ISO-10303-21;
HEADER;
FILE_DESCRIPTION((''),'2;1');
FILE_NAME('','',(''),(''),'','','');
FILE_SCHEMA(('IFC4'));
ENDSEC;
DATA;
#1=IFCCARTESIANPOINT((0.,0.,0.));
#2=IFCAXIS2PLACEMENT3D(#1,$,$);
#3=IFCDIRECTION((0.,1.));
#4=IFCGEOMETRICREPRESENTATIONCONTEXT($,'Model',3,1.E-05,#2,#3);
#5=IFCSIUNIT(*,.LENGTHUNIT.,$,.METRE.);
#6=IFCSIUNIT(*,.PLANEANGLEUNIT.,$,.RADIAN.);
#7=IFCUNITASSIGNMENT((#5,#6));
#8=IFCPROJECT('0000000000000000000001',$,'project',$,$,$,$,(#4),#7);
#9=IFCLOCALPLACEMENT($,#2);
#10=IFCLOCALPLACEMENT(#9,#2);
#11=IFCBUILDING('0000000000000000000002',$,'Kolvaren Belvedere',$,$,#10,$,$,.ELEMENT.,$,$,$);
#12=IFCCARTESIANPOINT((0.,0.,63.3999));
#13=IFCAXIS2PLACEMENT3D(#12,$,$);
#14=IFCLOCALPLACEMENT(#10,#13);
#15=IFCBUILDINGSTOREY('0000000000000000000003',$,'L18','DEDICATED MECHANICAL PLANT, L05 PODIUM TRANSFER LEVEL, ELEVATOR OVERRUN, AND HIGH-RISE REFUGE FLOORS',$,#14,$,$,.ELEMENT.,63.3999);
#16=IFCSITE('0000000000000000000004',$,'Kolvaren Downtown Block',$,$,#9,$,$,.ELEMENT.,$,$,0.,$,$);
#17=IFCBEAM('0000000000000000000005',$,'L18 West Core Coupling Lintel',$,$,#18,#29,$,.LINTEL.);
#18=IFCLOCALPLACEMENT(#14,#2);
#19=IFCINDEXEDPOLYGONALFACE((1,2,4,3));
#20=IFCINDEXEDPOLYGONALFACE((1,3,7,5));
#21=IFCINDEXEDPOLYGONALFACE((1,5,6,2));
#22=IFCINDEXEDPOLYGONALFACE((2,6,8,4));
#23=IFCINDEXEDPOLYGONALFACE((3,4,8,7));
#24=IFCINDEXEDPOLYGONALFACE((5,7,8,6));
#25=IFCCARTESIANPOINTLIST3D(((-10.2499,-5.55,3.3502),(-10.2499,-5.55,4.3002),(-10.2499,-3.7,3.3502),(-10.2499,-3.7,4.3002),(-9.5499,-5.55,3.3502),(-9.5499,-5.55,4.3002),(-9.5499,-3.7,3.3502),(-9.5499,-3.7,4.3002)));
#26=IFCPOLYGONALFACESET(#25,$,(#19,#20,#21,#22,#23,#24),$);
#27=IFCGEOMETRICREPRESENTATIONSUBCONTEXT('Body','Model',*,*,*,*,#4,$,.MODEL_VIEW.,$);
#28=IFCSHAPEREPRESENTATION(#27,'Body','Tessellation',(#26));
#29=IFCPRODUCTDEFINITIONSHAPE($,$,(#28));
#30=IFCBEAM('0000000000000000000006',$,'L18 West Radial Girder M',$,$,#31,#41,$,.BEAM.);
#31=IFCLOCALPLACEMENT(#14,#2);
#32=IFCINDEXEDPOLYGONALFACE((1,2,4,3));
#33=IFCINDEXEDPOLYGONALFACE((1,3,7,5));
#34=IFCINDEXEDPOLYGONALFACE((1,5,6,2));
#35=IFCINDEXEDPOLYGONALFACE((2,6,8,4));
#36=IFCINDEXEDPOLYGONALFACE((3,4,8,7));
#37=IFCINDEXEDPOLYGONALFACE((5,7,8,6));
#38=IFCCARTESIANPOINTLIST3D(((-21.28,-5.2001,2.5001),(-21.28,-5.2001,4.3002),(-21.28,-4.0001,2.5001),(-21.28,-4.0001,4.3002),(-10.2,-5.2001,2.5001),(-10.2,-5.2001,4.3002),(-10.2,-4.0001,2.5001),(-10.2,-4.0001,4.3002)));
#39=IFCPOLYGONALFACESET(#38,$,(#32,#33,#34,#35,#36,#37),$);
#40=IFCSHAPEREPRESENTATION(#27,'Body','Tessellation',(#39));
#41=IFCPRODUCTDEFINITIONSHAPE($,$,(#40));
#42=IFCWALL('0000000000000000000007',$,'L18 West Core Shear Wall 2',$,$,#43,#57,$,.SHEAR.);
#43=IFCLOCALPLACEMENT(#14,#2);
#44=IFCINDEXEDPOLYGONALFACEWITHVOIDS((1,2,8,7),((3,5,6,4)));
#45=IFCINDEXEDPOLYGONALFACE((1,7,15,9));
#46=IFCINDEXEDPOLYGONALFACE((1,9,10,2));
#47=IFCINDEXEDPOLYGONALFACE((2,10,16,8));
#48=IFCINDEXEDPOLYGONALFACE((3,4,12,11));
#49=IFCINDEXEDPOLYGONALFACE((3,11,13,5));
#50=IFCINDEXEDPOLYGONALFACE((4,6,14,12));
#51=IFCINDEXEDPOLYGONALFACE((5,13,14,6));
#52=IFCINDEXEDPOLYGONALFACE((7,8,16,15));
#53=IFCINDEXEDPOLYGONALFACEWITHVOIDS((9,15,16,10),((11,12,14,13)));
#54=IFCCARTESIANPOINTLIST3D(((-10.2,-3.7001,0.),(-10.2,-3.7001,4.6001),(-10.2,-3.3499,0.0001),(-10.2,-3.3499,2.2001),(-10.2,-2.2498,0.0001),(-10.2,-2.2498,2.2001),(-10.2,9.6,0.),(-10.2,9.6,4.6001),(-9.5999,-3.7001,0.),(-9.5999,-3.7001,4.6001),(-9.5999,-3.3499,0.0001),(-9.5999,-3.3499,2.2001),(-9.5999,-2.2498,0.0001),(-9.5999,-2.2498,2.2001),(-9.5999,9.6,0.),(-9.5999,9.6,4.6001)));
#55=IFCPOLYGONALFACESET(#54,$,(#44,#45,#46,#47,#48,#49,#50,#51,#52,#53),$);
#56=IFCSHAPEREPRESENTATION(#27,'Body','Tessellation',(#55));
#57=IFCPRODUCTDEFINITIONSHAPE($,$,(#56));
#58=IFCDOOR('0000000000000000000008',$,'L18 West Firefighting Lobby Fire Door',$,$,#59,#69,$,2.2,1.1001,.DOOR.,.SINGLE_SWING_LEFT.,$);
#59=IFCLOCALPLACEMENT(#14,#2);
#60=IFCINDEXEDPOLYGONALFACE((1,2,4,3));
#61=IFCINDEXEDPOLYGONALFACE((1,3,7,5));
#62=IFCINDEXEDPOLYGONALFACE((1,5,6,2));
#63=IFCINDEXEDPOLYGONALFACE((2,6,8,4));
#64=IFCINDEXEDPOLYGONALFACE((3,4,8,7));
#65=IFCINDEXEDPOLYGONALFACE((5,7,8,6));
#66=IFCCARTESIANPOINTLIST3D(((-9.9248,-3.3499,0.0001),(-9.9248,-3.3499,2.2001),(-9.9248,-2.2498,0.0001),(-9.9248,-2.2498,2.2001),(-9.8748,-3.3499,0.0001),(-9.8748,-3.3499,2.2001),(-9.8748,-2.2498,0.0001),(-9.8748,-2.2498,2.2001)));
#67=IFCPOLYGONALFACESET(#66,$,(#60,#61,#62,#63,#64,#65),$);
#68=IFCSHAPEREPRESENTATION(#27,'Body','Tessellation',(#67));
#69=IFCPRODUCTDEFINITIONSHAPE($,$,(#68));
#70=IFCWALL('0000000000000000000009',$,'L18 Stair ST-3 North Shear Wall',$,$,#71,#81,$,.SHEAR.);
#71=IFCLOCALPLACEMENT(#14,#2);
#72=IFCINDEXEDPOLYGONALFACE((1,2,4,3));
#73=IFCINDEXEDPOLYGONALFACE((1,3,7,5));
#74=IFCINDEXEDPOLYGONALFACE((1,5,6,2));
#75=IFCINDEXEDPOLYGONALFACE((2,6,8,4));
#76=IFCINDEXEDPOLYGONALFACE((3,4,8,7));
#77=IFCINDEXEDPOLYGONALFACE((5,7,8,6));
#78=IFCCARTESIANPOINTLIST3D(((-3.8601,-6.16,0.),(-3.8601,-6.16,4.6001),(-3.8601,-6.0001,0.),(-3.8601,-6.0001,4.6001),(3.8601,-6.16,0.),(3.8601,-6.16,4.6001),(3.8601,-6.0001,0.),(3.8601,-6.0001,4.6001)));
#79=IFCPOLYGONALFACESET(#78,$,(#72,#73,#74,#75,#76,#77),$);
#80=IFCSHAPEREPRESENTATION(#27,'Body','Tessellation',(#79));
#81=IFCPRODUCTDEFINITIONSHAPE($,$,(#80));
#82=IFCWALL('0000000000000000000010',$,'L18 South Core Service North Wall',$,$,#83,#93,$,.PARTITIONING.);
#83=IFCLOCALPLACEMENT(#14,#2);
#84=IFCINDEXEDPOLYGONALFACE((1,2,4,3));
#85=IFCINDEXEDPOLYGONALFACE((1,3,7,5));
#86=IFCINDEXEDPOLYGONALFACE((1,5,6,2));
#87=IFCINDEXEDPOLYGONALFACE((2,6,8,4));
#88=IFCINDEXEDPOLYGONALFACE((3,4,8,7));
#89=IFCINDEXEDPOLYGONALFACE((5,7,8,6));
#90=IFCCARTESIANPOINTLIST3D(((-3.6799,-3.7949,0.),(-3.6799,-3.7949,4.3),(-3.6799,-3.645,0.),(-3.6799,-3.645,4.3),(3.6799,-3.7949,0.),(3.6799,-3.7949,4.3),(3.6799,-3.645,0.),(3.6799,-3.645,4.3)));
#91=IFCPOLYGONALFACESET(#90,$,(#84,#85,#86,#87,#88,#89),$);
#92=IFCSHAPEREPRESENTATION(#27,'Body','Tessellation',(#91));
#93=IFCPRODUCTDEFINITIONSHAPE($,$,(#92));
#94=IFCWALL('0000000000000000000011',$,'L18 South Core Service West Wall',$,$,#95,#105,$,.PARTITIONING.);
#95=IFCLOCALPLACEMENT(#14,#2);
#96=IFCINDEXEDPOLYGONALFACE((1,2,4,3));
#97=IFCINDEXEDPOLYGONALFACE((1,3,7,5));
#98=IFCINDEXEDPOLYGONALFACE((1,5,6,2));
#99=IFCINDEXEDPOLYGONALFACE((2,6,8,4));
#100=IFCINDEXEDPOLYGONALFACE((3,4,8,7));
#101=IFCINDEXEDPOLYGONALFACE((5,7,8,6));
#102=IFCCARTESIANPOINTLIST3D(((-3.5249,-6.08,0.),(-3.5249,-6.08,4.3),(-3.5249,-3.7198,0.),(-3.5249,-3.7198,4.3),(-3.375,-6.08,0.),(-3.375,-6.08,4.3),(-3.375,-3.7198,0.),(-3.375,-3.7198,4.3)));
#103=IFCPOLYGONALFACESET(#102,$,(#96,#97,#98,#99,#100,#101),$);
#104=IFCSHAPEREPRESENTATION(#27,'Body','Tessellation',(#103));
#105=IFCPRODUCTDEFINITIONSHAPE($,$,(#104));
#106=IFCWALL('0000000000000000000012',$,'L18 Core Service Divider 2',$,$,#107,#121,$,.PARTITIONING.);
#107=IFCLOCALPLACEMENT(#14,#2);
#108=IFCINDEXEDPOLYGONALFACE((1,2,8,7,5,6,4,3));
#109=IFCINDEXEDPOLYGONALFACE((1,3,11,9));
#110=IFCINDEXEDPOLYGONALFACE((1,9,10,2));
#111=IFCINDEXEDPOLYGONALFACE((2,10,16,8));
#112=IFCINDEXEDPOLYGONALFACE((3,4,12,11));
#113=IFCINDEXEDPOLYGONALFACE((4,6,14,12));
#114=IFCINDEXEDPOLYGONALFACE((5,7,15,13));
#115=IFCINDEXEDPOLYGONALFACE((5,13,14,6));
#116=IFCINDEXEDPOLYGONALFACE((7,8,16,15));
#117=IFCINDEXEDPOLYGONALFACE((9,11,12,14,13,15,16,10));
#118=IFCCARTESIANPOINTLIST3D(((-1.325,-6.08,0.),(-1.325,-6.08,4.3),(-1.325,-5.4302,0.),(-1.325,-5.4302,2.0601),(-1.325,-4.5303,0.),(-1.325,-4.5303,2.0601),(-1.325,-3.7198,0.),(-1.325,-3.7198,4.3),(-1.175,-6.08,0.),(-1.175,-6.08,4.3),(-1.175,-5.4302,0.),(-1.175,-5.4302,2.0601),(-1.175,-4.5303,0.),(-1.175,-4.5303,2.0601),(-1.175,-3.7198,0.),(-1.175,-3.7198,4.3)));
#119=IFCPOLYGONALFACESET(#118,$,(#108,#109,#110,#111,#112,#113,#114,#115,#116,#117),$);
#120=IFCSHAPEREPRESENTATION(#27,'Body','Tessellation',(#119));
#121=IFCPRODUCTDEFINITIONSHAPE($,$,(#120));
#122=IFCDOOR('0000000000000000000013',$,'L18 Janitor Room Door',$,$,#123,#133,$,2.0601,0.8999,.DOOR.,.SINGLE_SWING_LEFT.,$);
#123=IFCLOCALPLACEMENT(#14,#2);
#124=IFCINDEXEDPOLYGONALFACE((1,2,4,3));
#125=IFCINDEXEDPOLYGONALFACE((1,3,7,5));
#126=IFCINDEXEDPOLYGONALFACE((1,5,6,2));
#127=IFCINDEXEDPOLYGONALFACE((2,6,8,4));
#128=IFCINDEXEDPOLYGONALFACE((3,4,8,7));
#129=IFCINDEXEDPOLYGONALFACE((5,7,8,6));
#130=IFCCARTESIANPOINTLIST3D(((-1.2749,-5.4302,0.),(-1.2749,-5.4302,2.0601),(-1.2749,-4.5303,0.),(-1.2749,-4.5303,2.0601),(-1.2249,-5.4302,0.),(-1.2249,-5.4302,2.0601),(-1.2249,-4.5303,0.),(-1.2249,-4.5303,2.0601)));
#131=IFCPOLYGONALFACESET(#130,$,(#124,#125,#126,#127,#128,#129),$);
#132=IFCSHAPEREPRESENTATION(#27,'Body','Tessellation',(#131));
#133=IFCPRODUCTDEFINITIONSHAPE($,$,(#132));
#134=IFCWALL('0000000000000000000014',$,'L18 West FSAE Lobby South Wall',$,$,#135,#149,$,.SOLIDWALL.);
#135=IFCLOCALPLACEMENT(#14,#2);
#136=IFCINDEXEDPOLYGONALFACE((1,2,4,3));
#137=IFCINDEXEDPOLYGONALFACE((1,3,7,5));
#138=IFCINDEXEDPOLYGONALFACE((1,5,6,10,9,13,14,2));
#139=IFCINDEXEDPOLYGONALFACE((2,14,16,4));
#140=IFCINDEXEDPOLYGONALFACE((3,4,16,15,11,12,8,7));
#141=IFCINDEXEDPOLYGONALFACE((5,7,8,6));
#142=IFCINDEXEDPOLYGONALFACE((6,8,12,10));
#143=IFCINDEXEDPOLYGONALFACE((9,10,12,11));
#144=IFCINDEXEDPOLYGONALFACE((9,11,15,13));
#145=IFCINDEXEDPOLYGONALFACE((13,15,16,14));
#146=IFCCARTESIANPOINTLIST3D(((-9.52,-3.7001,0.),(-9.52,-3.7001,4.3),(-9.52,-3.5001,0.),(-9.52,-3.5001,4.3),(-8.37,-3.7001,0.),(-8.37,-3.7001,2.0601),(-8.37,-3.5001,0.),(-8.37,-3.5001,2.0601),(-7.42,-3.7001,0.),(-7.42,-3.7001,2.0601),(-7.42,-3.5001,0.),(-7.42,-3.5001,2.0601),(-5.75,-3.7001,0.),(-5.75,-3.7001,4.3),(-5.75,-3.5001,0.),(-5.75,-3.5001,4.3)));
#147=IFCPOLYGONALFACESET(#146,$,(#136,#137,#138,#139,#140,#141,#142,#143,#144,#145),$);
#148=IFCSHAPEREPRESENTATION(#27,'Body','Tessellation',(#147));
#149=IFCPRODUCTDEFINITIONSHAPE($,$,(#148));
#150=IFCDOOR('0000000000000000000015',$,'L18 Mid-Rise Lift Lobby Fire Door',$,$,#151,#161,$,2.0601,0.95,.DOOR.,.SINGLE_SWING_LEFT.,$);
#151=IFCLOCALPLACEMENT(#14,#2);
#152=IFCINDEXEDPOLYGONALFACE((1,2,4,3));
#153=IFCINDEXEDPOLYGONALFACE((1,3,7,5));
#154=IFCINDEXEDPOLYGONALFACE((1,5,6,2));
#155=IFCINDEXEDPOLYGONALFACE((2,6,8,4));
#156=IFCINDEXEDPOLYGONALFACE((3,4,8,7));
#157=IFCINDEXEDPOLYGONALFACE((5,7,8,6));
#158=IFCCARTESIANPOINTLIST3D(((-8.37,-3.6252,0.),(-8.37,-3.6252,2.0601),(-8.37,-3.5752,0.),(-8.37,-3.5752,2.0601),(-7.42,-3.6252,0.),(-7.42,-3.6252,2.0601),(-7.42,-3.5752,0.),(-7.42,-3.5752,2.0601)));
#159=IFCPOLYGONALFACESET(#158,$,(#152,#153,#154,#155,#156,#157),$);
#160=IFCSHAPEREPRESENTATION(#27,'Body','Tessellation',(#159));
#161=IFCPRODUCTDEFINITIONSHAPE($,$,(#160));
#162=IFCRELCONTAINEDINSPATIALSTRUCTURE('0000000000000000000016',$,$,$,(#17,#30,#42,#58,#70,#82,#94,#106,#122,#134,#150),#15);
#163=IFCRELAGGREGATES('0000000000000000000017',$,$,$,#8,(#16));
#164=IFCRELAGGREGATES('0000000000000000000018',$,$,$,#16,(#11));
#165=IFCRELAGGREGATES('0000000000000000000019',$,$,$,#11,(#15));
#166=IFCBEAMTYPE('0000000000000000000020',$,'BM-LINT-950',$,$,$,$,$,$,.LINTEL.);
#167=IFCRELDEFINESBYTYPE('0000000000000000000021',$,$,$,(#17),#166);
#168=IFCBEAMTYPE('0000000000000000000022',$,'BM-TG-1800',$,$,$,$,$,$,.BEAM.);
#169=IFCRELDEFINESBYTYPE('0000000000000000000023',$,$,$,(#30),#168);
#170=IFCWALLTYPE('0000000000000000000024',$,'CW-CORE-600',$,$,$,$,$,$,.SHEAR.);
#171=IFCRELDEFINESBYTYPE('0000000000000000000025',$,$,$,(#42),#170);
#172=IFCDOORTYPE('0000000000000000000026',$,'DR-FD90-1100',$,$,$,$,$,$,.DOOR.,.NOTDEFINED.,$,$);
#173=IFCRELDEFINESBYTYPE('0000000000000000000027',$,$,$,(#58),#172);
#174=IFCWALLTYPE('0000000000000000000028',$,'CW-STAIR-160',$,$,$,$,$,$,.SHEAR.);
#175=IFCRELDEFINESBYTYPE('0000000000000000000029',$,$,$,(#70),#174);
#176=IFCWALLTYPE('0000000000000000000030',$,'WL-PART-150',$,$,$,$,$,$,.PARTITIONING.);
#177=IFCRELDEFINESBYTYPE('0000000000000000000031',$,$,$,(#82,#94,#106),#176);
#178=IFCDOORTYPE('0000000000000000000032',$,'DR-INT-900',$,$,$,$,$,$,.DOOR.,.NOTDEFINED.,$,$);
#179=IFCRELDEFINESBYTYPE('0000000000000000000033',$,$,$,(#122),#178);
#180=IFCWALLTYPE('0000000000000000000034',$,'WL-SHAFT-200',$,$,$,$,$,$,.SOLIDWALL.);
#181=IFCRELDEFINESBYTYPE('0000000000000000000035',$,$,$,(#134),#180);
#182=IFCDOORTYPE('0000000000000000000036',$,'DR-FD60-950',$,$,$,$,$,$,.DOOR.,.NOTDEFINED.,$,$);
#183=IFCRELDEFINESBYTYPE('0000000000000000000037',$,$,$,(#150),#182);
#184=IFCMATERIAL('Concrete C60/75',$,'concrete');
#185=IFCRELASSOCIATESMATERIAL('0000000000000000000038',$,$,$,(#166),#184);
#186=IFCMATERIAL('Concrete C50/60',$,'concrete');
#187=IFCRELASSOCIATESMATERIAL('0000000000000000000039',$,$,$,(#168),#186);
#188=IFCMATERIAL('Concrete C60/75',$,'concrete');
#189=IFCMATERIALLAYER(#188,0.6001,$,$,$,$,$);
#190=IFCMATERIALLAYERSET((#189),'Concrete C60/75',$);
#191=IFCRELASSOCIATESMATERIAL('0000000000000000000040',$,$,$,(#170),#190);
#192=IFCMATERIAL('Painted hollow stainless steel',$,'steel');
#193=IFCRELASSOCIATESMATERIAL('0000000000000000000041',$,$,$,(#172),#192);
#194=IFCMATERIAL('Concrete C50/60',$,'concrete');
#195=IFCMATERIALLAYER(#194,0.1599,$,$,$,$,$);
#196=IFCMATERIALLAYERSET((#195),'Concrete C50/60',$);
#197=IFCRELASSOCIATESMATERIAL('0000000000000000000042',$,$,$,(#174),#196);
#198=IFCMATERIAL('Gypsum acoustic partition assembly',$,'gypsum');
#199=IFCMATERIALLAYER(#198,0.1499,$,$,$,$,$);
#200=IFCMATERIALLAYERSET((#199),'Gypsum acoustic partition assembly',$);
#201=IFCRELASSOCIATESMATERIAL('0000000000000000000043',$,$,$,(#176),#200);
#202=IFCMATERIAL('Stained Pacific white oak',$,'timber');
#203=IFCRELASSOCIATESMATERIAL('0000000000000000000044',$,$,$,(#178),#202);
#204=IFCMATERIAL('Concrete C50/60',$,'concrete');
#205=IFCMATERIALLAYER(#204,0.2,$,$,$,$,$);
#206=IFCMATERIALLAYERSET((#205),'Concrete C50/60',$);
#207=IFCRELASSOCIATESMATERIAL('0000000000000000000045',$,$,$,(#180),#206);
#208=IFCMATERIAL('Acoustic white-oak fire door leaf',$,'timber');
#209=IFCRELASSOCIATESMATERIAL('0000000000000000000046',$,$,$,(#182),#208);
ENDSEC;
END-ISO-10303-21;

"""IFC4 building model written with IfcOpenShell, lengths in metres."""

from ifc_helpers import new_model, si_unit, direction, frame, frame_2d, origin, origin_2d, place, context, subcontext, project, spatial, rectangle, extrude, material, layer, layer_set, material_profile, profile_set, type_object, element, fill, save


model = new_model("IFC4")

# Units and contexts
model_context = context("Model", 3, precision=1e-05, world=origin(), true_north=direction((0.0, 1.0)))
body_context = subcontext(model_context, "Body", "Model", "MODEL_VIEW")
ifc_project = project(units=[si_unit("LENGTHUNIT", "METRE"), si_unit("PLANEANGLEUNIT", "RADIAN")], contexts=[model_context])

# Site, building, storey
site_placement = place(None, origin())
site = spatial("IfcSite", under=ifc_project, at=site_placement, Name="Kolvaren Downtown Block", CompositionType="ELEMENT", RefElevation=0.0)
building_placement = place(site_placement, origin())
building = spatial("IfcBuilding", under=site, at=building_placement, Name="Kolvaren Belvedere", CompositionType="ELEMENT")
storey_placement = place(building_placement, frame((0.0, 0.0, 63.3999)))
storey = spatial("IfcBuildingStorey", under=building, at=storey_placement, Name="L18", Description="DEDICATED MECHANICAL PLANT, L05 PODIUM TRANSFER LEVEL, ELEVATOR OVERRUN, AND HIGH-RISE REFUGE FLOORS", CompositionType="ELEMENT", Elevation=63.3999)

# Beams
ifc_material_1 = material(Name="Concrete C60/75", Category="concrete")
ifc_material_profile_1 = material_profile(ifc_material_1, rectangle(XDim=0.7, YDim=0.95, at=origin_2d()), Name="RC 700X950")
ifc_profile_set_1 = profile_set([ifc_material_profile_1], Name="Concrete C60/75")
beam_type_1 = type_object("IfcBeamType", Name="BM-LINT-950", PredefinedType="LINTEL", material=ifc_profile_set_1)
beam_1_placement = place(storey_placement, frame((-9.8999, -5.55, 3.8252), z_axis=(0.0, 1.0, 0.0), x_axis=(-1.0, 0.0, 0.0)))
element("IfcBeam", 1, at=beam_1_placement, inside=storey, type_object=beam_type_1, Name="L18 West Core Coupling Lintel", PredefinedType="LINTEL", context=body_context, shape_type="SweptSolid", body=[
    extrude(rectangle(XDim=0.7, YDim=0.95, at=origin_2d()), origin(), (0.0, 0.0, 1.0), 1.8501),
])
ifc_material_2 = material(Name="Concrete C50/60", Category="concrete")
ifc_material_profile_2 = material_profile(ifc_material_2, rectangle(XDim=1.2, YDim=1.8, at=origin_2d()), Name="RC 1200X1800")
ifc_profile_set_2 = profile_set([ifc_material_profile_2], Name="Concrete C50/60")
beam_type_2 = type_object("IfcBeamType", Name="BM-TG-1800", PredefinedType="BEAM", material=ifc_profile_set_2)
beam_2_placement = place(storey_placement, frame((-10.2, -4.6001, 3.4001), z_axis=(-1.0, 0.0, 0.0), x_axis=(0.0, -1.0, 0.0)))
element("IfcBeam", 2, at=beam_2_placement, inside=storey, type_object=beam_type_2, Name="L18 West Radial Girder M", PredefinedType="BEAM", context=body_context, shape_type="SweptSolid", body=[
    extrude(rectangle(XDim=1.2, YDim=1.8, at=origin_2d()), origin(), (0.0, 0.0, 1.0), 11.0801),
])

# Wall, opening, door
ifc_material_3 = material(Name="Concrete C60/75", Category="concrete")
ifc_layer_1 = layer(ifc_material_3, 0.6001)
ifc_layer_set_1 = layer_set([ifc_layer_1], Name="Concrete C60/75")
wall_type_1 = type_object("IfcWallType", Name="CW-CORE-600", PredefinedType="SHEAR", material=ifc_layer_set_1)
wall_1_placement = place(storey_placement, frame((-9.8999, -3.7, 0.0), z_axis=(0.0, 0.0, 1.0), x_axis=(0.0, 1.0, 0.0)))
wall_1 = element("IfcWall", 3, at=wall_1_placement, inside=storey, type_object=wall_type_1, Name="L18 West Core Shear Wall 2", PredefinedType="SHEAR", context=body_context, shape_type="SweptSolid", body=[
    extrude(rectangle(XDim=13.3, YDim=0.6001, at=frame_2d((6.6499, 0.0))), origin(), (0.0, 0.0, 1.0), 4.6001),
])
opening_1_placement = place(wall_1_placement, frame((0.3501, 0.0, 0.0)))
opening_1 = element("IfcOpeningElement", 4, at=opening_1_placement, cuts=wall_1, PredefinedType="OPENING", context=body_context, shape_type="SweptSolid", body=[
    extrude(rectangle(XDim=1.1001, YDim=2.2, at=frame_2d((0.55, 1.1001))), frame((0.0, 0.3101, 0.0), z_axis=(0.0, -1.0, 0.0), x_axis=(1.0, 0.0, 0.0)), (0.0, 0.0, 1.0), 0.6201),
])
ifc_material_4 = material(Name="Painted hollow stainless steel", Category="steel")
door_type_1 = type_object("IfcDoorType", Name="DR-FD90-1100", OperationType="NOTDEFINED", PredefinedType="DOOR", material=ifc_material_4)
door_1_placement = place(opening_1_placement, origin())
door_1 = element("IfcDoor", 5, at=door_1_placement, inside=storey, type_object=door_type_1, Name="L18 West Firefighting Lobby Fire Door", OperationType="SINGLE_SWING_LEFT", OverallHeight=2.2, OverallWidth=1.1001, PredefinedType="DOOR", context=body_context, shape_type="SweptSolid", body=[
    extrude(rectangle(XDim=1.1001, YDim=2.2, at=frame_2d((0.55, 1.1001))), frame((0.0, 0.0249, 0.0), z_axis=(0.0, -1.0, 0.0), x_axis=(1.0, 0.0, 0.0)), (0.0, 0.0, 1.0), 0.05),
])
fill(opening_1, door_1)

# Walls
ifc_material_5 = material(Name="Concrete C50/60", Category="concrete")
ifc_layer_2 = layer(ifc_material_5, 0.1599)
ifc_layer_set_2 = layer_set([ifc_layer_2], Name="Concrete C50/60")
wall_type_2 = type_object("IfcWallType", Name="CW-STAIR-160", PredefinedType="SHEAR", material=ifc_layer_set_2)
wall_2_placement = place(storey_placement, frame((-3.8601, -6.0801, 0.0), z_axis=(0.0, 0.0, 1.0), x_axis=(1.0, 0.0, 0.0)))
element("IfcWall", 6, at=wall_2_placement, inside=storey, type_object=wall_type_2, Name="L18 Stair ST-3 North Shear Wall", PredefinedType="SHEAR", context=body_context, shape_type="SweptSolid", body=[
    extrude(rectangle(XDim=7.7202, YDim=0.1599, at=frame_2d((3.8601, 0.0))), origin(), (0.0, 0.0, 1.0), 4.6001),
])
ifc_material_6 = material(Name="Gypsum acoustic partition assembly", Category="gypsum")
ifc_layer_3 = layer(ifc_material_6, 0.1499)
ifc_layer_set_3 = layer_set([ifc_layer_3], Name="Gypsum acoustic partition assembly")
wall_type_3 = type_object("IfcWallType", Name="WL-PART-150", PredefinedType="PARTITIONING", material=ifc_layer_set_3)
wall_3_placement = place(storey_placement, frame((-3.6799, -3.72, 0.0), z_axis=(0.0, 0.0, 1.0), x_axis=(1.0, 0.0, 0.0)))
element("IfcWall", 7, at=wall_3_placement, inside=storey, type_object=wall_type_3, Name="L18 South Core Service North Wall", PredefinedType="PARTITIONING", context=body_context, shape_type="SweptSolid", body=[
    extrude(rectangle(XDim=7.3599, YDim=0.1499, at=frame_2d((3.6799, 0.0))), origin(), (0.0, 0.0, 1.0), 4.3),
])
wall_4_placement = place(storey_placement, frame((-3.45, -6.0801, 0.0), z_axis=(0.0, 0.0, 1.0), x_axis=(0.0, 1.0, 0.0)))
element("IfcWall", 8, at=wall_4_placement, inside=storey, type_object=wall_type_3, Name="L18 South Core Service West Wall", PredefinedType="PARTITIONING", context=body_context, shape_type="SweptSolid", body=[
    extrude(rectangle(XDim=2.3601, YDim=0.1499, at=frame_2d((1.1802, 0.0))), origin(), (0.0, 0.0, 1.0), 4.3),
])

# Walls, openings, doors
wall_5_placement = place(storey_placement, frame((-1.25, -6.0801, 0.0), z_axis=(0.0, 0.0, 1.0), x_axis=(0.0, 1.0, 0.0)))
wall_5 = element("IfcWall", 9, at=wall_5_placement, inside=storey, type_object=wall_type_3, Name="L18 Core Service Divider 2", PredefinedType="PARTITIONING", context=body_context, shape_type="SweptSolid", body=[
    extrude(rectangle(XDim=2.3601, YDim=0.1499, at=frame_2d((1.1802, 0.0))), origin(), (0.0, 0.0, 1.0), 4.3),
])
opening_2_placement = place(wall_5_placement, frame((0.6499, 0.0, 0.0)))
opening_2 = element("IfcOpeningElement", 10, at=opening_2_placement, cuts=wall_5, PredefinedType="OPENING", context=body_context, shape_type="SweptSolid", body=[
    extrude(rectangle(XDim=0.8999, YDim=2.0601, at=frame_2d((0.45, 1.03))), frame((0.0, 0.085, 0.0), z_axis=(0.0, -1.0, 0.0), x_axis=(1.0, 0.0, 0.0)), (0.0, 0.0, 1.0), 0.1699),
])
ifc_material_7 = material(Name="Stained Pacific white oak", Category="timber")
door_type_2 = type_object("IfcDoorType", Name="DR-INT-900", OperationType="NOTDEFINED", PredefinedType="DOOR", material=ifc_material_7)
door_2_placement = place(opening_2_placement, origin())
door_2 = element("IfcDoor", 11, at=door_2_placement, inside=storey, type_object=door_type_2, Name="L18 Janitor Room Door", OperationType="SINGLE_SWING_LEFT", OverallHeight=2.0601, OverallWidth=0.8999, PredefinedType="DOOR", context=body_context, shape_type="SweptSolid", body=[
    extrude(rectangle(XDim=0.8999, YDim=2.0601, at=frame_2d((0.45, 1.03))), frame((0.0, 0.0249, 0.0), z_axis=(0.0, -1.0, 0.0), x_axis=(1.0, 0.0, 0.0)), (0.0, 0.0, 1.0), 0.05),
])
fill(opening_2, door_2)
ifc_material_8 = material(Name="Concrete C50/60", Category="concrete")
ifc_layer_4 = layer(ifc_material_8, 0.2)
ifc_layer_set_4 = layer_set([ifc_layer_4], Name="Concrete C50/60")
wall_type_4 = type_object("IfcWallType", Name="WL-SHAFT-200", PredefinedType="SOLIDWALL", material=ifc_layer_set_4)
wall_6_placement = place(storey_placement, frame((-9.52, -3.6001, 0.0), z_axis=(0.0, 0.0, 1.0), x_axis=(1.0, 0.0, 0.0)))
wall_6 = element("IfcWall", 12, at=wall_6_placement, inside=storey, type_object=wall_type_4, Name="L18 West FSAE Lobby South Wall", PredefinedType="SOLIDWALL", context=body_context, shape_type="SweptSolid", body=[
    extrude(rectangle(XDim=3.77, YDim=0.2, at=frame_2d((1.885, 0.0))), origin(), (0.0, 0.0, 1.0), 4.3),
])
opening_3_placement = place(wall_6_placement, frame((1.1499, 0.0, 0.0)))
opening_3 = element("IfcOpeningElement", 13, at=opening_3_placement, cuts=wall_6, PredefinedType="OPENING", context=body_context, shape_type="SweptSolid", body=[
    extrude(rectangle(XDim=0.95, YDim=2.0601, at=frame_2d((0.4751, 1.03))), frame((0.0, 0.1099, 0.0), z_axis=(0.0, -1.0, 0.0), x_axis=(1.0, 0.0, 0.0)), (0.0, 0.0, 1.0), 0.22),
])
ifc_material_9 = material(Name="Acoustic white-oak fire door leaf", Category="timber")
door_type_3 = type_object("IfcDoorType", Name="DR-FD60-950", OperationType="NOTDEFINED", PredefinedType="DOOR", material=ifc_material_9)
door_3_placement = place(opening_3_placement, origin())
door_3 = element("IfcDoor", 14, at=door_3_placement, inside=storey, type_object=door_type_3, Name="L18 Mid-Rise Lift Lobby Fire Door", OperationType="SINGLE_SWING_LEFT", OverallHeight=2.0601, OverallWidth=0.95, PredefinedType="DOOR", context=body_context, shape_type="SweptSolid", body=[
    extrude(rectangle(XDim=0.95, YDim=2.0601, at=frame_2d((0.4751, 1.03))), frame((0.0, 0.0249, 0.0), z_axis=(0.0, -1.0, 0.0), x_axis=(1.0, 0.0, 0.0)), (0.0, 0.0, 1.0), 0.05),
])
fill(opening_3, door_3)

save(model, "model.ifc")
